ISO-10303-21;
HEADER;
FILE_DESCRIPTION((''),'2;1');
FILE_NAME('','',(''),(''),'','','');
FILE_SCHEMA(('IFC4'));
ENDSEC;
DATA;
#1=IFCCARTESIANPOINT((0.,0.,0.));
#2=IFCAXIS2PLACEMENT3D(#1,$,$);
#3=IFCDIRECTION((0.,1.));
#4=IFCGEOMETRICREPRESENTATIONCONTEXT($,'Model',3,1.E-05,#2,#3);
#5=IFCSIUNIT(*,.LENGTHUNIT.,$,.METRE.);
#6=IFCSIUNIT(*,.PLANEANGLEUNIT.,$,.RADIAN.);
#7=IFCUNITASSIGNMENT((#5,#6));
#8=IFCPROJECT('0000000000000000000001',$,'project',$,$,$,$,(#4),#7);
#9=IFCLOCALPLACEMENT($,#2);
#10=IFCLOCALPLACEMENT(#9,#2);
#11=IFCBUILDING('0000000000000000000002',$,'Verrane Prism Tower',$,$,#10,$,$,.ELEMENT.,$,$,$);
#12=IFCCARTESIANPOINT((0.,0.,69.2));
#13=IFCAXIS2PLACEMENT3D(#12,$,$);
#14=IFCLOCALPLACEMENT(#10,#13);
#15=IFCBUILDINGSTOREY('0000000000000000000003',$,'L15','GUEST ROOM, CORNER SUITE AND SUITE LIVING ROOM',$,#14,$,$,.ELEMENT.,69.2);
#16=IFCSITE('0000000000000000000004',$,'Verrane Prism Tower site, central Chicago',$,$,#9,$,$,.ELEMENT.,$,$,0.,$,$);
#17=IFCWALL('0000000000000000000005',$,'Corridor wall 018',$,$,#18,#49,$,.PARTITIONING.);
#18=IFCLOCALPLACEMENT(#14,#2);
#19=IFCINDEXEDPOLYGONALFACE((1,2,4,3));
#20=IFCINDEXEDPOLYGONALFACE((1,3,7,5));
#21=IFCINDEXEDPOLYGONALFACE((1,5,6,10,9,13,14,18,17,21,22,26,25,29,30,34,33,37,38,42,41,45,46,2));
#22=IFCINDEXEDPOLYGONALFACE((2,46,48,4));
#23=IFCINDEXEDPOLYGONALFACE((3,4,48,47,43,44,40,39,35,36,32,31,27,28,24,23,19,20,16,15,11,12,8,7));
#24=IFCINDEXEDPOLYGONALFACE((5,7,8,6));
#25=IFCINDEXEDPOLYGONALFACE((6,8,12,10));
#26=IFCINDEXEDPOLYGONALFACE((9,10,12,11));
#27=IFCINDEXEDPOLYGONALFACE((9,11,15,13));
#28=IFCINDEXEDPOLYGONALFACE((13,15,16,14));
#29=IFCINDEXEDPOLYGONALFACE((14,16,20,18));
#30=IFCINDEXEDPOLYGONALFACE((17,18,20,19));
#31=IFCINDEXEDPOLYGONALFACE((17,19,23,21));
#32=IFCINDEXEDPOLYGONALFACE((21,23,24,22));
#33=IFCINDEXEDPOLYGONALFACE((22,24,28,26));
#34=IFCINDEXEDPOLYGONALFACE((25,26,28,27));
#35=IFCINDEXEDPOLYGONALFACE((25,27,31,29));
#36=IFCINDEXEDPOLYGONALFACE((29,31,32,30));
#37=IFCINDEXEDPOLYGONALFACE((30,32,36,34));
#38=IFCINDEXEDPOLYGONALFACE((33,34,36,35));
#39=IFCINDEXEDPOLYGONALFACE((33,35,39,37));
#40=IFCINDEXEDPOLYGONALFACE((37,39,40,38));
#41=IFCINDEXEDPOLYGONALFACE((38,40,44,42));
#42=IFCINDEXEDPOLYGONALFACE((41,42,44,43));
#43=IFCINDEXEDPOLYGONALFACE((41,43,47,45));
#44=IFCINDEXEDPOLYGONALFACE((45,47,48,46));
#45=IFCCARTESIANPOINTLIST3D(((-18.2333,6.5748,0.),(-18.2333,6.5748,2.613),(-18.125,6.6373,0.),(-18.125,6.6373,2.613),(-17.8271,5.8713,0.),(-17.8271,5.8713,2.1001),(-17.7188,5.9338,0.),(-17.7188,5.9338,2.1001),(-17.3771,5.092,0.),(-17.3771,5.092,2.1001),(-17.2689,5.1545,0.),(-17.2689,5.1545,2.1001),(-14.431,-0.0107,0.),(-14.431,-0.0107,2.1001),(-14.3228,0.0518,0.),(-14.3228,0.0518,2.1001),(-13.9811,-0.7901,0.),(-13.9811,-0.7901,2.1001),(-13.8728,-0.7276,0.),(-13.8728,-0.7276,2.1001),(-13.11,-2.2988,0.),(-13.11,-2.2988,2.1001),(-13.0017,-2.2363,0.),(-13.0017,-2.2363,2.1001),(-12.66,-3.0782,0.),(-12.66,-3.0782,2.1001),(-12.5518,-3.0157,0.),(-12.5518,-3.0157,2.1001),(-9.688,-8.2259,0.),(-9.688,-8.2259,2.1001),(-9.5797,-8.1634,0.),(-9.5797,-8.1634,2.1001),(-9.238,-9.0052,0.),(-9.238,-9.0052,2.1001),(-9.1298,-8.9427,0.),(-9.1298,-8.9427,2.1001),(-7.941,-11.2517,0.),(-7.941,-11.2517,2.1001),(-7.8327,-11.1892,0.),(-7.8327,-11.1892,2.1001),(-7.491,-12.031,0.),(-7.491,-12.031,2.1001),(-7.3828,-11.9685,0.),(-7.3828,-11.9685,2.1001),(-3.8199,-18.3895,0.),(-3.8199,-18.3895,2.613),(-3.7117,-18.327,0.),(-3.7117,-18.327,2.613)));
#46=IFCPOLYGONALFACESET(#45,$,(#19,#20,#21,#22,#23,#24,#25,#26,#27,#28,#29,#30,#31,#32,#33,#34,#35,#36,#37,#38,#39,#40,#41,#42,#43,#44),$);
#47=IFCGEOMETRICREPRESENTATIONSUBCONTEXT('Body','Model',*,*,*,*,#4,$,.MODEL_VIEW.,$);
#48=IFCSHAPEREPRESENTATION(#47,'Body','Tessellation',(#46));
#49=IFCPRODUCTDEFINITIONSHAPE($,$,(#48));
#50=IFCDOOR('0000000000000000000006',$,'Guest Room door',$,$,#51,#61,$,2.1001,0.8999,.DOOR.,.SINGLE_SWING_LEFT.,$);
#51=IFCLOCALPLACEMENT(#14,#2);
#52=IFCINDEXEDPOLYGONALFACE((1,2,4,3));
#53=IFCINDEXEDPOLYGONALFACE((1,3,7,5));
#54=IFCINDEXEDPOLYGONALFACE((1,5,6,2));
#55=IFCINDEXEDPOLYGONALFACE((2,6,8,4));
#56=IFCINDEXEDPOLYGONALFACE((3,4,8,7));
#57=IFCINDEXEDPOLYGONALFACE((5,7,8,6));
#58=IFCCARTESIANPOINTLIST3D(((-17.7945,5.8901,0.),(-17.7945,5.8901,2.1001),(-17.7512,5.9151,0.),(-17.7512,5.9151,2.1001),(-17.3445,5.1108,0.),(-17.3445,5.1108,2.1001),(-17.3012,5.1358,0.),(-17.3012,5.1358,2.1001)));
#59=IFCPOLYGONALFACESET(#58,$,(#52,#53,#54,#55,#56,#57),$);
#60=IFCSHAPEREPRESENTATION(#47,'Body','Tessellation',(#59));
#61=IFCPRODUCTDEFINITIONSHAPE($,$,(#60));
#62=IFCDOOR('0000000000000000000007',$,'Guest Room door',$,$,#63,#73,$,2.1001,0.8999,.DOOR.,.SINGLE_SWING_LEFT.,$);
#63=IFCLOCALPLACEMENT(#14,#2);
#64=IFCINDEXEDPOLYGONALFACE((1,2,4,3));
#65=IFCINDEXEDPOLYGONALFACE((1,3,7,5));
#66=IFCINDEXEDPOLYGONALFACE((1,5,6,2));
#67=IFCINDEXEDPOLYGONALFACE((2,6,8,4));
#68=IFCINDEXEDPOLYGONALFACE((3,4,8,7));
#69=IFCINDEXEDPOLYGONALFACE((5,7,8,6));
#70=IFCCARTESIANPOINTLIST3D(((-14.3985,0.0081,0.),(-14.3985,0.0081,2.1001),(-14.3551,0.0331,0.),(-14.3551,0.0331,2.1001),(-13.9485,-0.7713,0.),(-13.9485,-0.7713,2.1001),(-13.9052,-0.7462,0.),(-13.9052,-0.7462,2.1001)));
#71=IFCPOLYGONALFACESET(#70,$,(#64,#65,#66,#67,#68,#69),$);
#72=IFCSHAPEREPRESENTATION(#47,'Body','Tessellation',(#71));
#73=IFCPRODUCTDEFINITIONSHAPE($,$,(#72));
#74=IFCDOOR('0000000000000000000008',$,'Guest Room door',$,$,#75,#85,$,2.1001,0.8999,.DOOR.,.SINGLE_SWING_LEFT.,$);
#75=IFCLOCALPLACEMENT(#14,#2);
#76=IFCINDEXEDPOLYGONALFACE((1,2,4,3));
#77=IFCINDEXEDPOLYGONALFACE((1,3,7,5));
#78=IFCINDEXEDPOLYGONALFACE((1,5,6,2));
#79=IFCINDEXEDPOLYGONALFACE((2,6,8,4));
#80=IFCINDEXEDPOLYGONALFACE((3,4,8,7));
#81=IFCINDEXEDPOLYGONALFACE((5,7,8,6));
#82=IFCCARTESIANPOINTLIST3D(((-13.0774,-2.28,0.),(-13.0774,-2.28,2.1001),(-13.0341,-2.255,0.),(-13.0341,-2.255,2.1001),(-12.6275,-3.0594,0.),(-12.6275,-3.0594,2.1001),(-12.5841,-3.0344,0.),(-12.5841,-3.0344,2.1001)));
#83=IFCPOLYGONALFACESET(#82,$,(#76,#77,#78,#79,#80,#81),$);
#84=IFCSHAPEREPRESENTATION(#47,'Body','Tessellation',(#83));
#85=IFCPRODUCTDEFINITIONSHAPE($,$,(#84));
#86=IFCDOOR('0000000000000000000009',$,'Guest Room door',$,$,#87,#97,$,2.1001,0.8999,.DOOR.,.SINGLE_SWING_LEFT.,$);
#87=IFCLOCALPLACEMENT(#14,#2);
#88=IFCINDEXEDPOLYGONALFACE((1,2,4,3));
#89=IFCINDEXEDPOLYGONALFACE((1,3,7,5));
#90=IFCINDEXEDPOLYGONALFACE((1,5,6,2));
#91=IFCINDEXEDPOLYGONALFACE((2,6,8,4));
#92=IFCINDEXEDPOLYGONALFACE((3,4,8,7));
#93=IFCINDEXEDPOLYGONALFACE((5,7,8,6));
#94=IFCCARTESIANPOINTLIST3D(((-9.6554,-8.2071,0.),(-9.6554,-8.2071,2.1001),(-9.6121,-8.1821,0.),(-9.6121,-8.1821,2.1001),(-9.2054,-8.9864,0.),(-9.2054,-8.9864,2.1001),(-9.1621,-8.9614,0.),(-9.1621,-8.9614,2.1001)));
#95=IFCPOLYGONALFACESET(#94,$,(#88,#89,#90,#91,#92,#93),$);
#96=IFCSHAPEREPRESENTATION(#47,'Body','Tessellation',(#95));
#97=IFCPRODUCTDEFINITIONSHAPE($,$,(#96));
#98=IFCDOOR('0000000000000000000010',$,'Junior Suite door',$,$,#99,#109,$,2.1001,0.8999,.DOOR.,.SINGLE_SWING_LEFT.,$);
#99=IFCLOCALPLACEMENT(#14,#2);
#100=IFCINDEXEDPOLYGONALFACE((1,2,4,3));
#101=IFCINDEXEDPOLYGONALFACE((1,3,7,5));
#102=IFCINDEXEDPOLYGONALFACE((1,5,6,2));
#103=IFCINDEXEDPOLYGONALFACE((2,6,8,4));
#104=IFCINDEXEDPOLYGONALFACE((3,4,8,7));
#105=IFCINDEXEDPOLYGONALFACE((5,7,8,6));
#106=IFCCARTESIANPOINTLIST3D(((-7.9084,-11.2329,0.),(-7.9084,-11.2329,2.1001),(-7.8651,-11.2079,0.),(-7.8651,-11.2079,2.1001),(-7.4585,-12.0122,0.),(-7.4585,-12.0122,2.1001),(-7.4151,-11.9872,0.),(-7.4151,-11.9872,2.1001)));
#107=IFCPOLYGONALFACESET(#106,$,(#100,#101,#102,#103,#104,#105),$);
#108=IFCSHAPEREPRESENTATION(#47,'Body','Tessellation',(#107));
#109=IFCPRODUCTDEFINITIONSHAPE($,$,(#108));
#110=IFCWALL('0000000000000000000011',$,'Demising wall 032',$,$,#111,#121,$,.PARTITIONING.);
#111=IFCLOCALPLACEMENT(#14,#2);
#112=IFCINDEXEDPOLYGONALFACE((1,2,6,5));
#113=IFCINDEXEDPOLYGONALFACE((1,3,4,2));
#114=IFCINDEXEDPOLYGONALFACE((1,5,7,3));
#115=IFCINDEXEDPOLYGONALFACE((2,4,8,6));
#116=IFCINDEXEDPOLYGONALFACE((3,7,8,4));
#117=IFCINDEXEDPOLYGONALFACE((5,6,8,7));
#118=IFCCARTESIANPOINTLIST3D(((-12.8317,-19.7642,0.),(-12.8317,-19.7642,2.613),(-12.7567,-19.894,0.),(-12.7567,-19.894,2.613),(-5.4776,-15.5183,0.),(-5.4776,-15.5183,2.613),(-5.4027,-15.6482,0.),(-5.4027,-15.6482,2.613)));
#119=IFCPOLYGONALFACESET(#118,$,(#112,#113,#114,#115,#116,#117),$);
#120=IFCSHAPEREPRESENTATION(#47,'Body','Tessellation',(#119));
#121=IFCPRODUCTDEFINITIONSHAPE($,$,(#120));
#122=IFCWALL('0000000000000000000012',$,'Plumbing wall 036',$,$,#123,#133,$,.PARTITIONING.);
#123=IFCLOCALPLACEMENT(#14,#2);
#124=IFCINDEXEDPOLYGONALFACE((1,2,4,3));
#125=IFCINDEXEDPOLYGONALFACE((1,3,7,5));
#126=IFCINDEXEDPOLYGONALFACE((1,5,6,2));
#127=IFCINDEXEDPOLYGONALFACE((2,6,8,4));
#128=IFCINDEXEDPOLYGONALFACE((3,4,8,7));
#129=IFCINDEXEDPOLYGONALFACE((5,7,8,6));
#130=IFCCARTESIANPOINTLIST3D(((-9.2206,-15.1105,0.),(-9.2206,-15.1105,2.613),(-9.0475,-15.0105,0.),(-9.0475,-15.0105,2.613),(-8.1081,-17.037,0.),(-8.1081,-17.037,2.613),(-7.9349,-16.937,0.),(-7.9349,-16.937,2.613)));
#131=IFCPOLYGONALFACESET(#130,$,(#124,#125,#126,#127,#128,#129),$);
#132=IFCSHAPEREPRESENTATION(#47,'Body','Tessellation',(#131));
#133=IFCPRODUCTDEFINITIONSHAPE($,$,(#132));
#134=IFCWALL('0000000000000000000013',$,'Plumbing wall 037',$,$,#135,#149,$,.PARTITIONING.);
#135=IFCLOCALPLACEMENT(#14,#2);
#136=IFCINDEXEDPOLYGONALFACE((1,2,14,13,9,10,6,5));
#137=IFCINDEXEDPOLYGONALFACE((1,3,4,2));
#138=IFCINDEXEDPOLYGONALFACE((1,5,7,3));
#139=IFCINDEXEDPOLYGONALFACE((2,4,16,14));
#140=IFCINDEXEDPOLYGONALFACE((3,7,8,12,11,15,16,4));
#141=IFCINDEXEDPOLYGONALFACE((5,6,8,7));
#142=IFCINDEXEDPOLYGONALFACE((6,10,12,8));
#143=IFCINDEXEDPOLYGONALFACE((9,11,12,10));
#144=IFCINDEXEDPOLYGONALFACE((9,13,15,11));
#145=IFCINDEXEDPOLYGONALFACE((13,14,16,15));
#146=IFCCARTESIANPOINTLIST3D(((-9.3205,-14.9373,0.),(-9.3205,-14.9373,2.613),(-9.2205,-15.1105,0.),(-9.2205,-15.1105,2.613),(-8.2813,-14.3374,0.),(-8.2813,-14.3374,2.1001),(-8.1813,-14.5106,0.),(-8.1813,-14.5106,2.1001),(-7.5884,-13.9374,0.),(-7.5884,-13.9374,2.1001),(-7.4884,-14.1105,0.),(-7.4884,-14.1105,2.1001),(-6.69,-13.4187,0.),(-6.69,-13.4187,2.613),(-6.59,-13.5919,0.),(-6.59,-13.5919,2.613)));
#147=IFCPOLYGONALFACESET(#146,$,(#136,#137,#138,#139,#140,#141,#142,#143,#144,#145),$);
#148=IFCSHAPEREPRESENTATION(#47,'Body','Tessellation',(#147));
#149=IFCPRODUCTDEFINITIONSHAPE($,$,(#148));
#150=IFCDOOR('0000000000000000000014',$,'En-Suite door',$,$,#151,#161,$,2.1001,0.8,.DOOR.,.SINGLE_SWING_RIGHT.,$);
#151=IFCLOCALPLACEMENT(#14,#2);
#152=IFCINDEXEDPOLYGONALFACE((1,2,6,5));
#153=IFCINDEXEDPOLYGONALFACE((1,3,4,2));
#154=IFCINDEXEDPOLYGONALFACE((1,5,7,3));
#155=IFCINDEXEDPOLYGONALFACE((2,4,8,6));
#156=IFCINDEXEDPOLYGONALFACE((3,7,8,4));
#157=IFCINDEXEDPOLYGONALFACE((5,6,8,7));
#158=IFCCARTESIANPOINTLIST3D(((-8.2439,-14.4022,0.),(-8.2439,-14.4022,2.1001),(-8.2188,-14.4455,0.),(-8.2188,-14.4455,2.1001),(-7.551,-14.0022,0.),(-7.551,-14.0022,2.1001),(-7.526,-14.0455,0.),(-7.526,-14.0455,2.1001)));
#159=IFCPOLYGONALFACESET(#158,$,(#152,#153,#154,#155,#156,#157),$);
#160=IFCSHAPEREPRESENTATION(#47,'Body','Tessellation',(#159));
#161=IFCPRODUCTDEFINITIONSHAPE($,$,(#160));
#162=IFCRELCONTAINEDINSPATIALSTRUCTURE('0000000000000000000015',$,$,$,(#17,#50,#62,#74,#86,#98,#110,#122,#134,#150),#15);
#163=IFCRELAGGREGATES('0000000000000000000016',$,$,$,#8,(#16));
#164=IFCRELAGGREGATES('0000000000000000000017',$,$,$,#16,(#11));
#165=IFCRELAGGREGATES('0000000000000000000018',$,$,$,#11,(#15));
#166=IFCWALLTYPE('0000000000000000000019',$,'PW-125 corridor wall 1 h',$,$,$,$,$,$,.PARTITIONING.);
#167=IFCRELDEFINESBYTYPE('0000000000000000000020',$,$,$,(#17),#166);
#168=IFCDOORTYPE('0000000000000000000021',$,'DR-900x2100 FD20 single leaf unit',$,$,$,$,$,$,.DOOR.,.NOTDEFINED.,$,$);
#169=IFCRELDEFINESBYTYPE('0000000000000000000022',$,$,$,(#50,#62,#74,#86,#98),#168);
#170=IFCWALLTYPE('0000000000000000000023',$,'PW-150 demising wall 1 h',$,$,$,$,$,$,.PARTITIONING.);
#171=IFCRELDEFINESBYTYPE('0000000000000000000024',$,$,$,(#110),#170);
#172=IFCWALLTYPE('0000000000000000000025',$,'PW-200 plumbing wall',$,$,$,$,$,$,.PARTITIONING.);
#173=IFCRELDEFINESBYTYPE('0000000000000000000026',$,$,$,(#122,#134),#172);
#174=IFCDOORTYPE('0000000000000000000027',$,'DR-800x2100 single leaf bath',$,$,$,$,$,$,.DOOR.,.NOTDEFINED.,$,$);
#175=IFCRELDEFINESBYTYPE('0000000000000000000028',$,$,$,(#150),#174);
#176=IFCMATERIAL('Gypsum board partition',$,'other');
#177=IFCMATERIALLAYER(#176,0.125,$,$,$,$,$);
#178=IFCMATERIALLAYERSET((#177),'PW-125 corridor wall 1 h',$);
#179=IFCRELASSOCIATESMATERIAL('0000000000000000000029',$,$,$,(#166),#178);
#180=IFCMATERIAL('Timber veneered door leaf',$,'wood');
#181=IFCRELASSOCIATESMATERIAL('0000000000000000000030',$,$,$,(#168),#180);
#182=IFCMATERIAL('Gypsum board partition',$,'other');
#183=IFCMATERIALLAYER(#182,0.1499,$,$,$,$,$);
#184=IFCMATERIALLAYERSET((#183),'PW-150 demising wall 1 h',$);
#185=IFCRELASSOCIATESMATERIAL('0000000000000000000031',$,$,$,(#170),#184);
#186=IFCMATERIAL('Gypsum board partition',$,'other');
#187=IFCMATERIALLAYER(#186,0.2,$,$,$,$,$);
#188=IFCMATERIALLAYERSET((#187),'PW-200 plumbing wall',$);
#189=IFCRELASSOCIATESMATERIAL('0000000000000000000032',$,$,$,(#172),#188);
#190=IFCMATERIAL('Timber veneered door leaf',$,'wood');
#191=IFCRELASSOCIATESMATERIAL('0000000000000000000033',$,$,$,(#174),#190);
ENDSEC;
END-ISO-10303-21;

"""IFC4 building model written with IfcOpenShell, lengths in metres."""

from ifc_helpers import new_model, si_unit, direction, frame, frame_2d, origin, place, context, subcontext, project, spatial, rectangle, extrude, material, layer, layer_set, type_object, element, fill, save


model = new_model("IFC4")

# Units and contexts
model_context = context("Model", 3, precision=1e-05, world=origin(), true_north=direction((0.0, 1.0)))
body_context = subcontext(model_context, "Body", "Model", "MODEL_VIEW")
ifc_project = project(units=[si_unit("LENGTHUNIT", "METRE"), si_unit("PLANEANGLEUNIT", "RADIAN")], contexts=[model_context])

# Site, building, storey
site_placement = place(None, origin())
site = spatial("IfcSite", under=ifc_project, at=site_placement, Name="Verrane Prism Tower site, central Chicago", CompositionType="ELEMENT", RefElevation=0.0)
building_placement = place(site_placement, origin())
building = spatial("IfcBuilding", under=site, at=building_placement, Name="Verrane Prism Tower", CompositionType="ELEMENT")
storey_placement = place(building_placement, frame((0.0, 0.0, 69.2)))
storey = spatial("IfcBuildingStorey", under=building, at=storey_placement, Name="L15", Description="GUEST ROOM, CORNER SUITE AND SUITE LIVING ROOM", CompositionType="ELEMENT", Elevation=69.2)

# Wall, openings, doors
ifc_material_1 = material(Name="Gypsum board partition", Category="other")
ifc_layer_1 = layer(ifc_material_1, 0.125)
ifc_layer_set_1 = layer_set([ifc_layer_1], Name="PW-125 corridor wall 1 h")
wall_type_1 = type_object("IfcWallType", Name="PW-125 corridor wall 1 h", PredefinedType="PARTITIONING", material=ifc_layer_set_1)
wall_1_placement = place(storey_placement, frame((-3.7659, -18.3582, 0.0), z_axis=(0.0, 0.0, 1.0), x_axis=(-0.500004, 0.866023, 0.0)))
wall_1 = element("IfcWall", 1, at=wall_1_placement, inside=storey, type_object=wall_type_1, Name="Corridor wall 018", PredefinedType="PARTITIONING", context=body_context, shape_type="SweptSolid", body=[
    extrude(rectangle(XDim=28.8264, YDim=0.125, at=frame_2d((14.4131, 0.0))), origin(), (0.0, 0.0, 1.0), 2.613),
])
opening_1_placement = place(wall_1_placement, frame((27.114, 0.0, 0.0)))
opening_1 = element("IfcOpeningElement", 2, at=opening_1_placement, cuts=wall_1, PredefinedType="OPENING", context=body_context, shape_type="SweptSolid", body=[
    extrude(rectangle(XDim=0.8999, YDim=2.1001, at=frame_2d((0.45, 1.05))), frame((0.0, 0.0725, 0.0), z_axis=(0.0, -1.0, 0.0), x_axis=(1.0, 0.0, 0.0)), (0.0, 0.0, 1.0), 0.145),
])
opening_2_placement = place(wall_1_placement, frame((20.322, 0.0, 0.0)))
opening_2 = element("IfcOpeningElement", 3, at=opening_2_placement, cuts=wall_1, PredefinedType="OPENING", context=body_context, shape_type="SweptSolid", body=[
    extrude(rectangle(XDim=0.8999, YDim=2.1001, at=frame_2d((0.45, 1.05))), frame((0.0, 0.0725, 0.0), z_axis=(0.0, -1.0, 0.0), x_axis=(1.0, 0.0, 0.0)), (0.0, 0.0, 1.0), 0.145),
])
opening_3_placement = place(wall_1_placement, frame((17.6799, 0.0, 0.0)))
opening_3 = element("IfcOpeningElement", 4, at=opening_3_placement, cuts=wall_1, PredefinedType="OPENING", context=body_context, shape_type="SweptSolid", body=[
    extrude(rectangle(XDim=0.8999, YDim=2.1001, at=frame_2d((0.45, 1.05))), frame((0.0, 0.0725, 0.0), z_axis=(0.0, -1.0, 0.0), x_axis=(1.0, 0.0, 0.0)), (0.0, 0.0, 1.0), 0.145),
])
opening_4_placement = place(wall_1_placement, frame((10.8359, 0.0, 0.0)))
opening_4 = element("IfcOpeningElement", 5, at=opening_4_placement, cuts=wall_1, PredefinedType="OPENING", context=body_context, shape_type="SweptSolid", body=[
    extrude(rectangle(XDim=0.8999, YDim=2.1001, at=frame_2d((0.45, 1.05))), frame((0.0, 0.0725, 0.0), z_axis=(0.0, -1.0, 0.0), x_axis=(1.0, 0.0, 0.0)), (0.0, 0.0, 1.0), 0.145),
])
opening_5_placement = place(wall_1_placement, frame((7.342, 0.0, 0.0)))
opening_5 = element("IfcOpeningElement", 6, at=opening_5_placement, cuts=wall_1, PredefinedType="OPENING", context=body_context, shape_type="SweptSolid", body=[
    extrude(rectangle(XDim=0.8999, YDim=2.1001, at=frame_2d((0.45, 1.05))), frame((0.0, 0.0725, 0.0), z_axis=(0.0, -1.0, 0.0), x_axis=(1.0, 0.0, 0.0)), (0.0, 0.0, 1.0), 0.145),
])
ifc_material_2 = material(Name="Timber veneered door leaf", Category="wood")
door_type_1 = type_object("IfcDoorType", Name="DR-900x2100 FD20 single leaf unit", OperationType="NOTDEFINED", PredefinedType="DOOR", material=ifc_material_2)
door_1_placement = place(opening_1_placement, origin())
door_1 = element("IfcDoor", 7, at=door_1_placement, inside=storey, type_object=door_type_1, Name="Guest Room door", OperationType="SINGLE_SWING_LEFT", OverallHeight=2.1001, OverallWidth=0.8999, PredefinedType="DOOR", context=body_context, shape_type="SweptSolid", body=[
    extrude(rectangle(XDim=0.8999, YDim=2.1001, at=frame_2d((0.45, 1.05))), frame((0.0, 0.0249, 0.0), z_axis=(0.0, -1.0, 0.0), x_axis=(1.0, 0.0, 0.0)), (0.0, 0.0, 1.0), 0.05),
])
fill(opening_1, door_1)
door_2_placement = place(opening_2_placement, origin())
door_2 = element("IfcDoor", 8, at=door_2_placement, inside=storey, type_object=door_type_1, Name="Guest Room door", OperationType="SINGLE_SWING_LEFT", OverallHeight=2.1001, OverallWidth=0.8999, PredefinedType="DOOR", context=body_context, shape_type="SweptSolid", body=[
    extrude(rectangle(XDim=0.8999, YDim=2.1001, at=frame_2d((0.45, 1.05))), frame((0.0, 0.0249, 0.0), z_axis=(0.0, -1.0, 0.0), x_axis=(1.0, 0.0, 0.0)), (0.0, 0.0, 1.0), 0.05),
])
fill(opening_2, door_2)
door_3_placement = place(opening_3_placement, origin())
door_3 = element("IfcDoor", 9, at=door_3_placement, inside=storey, type_object=door_type_1, Name="Guest Room door", OperationType="SINGLE_SWING_LEFT", OverallHeight=2.1001, OverallWidth=0.8999, PredefinedType="DOOR", context=body_context, shape_type="SweptSolid", body=[
    extrude(rectangle(XDim=0.8999, YDim=2.1001, at=frame_2d((0.45, 1.05))), frame((0.0, 0.0249, 0.0), z_axis=(0.0, -1.0, 0.0), x_axis=(1.0, 0.0, 0.0)), (0.0, 0.0, 1.0), 0.05),
])
fill(opening_3, door_3)
door_4_placement = place(opening_4_placement, origin())
door_4 = element("IfcDoor", 10, at=door_4_placement, inside=storey, type_object=door_type_1, Name="Guest Room door", OperationType="SINGLE_SWING_LEFT", OverallHeight=2.1001, OverallWidth=0.8999, PredefinedType="DOOR", context=body_context, shape_type="SweptSolid", body=[
    extrude(rectangle(XDim=0.8999, YDim=2.1001, at=frame_2d((0.45, 1.05))), frame((0.0, 0.0249, 0.0), z_axis=(0.0, -1.0, 0.0), x_axis=(1.0, 0.0, 0.0)), (0.0, 0.0, 1.0), 0.05),
])
fill(opening_4, door_4)
door_5_placement = place(opening_5_placement, origin())
door_5 = element("IfcDoor", 11, at=door_5_placement, inside=storey, type_object=door_type_1, Name="Junior Suite door", OperationType="SINGLE_SWING_LEFT", OverallHeight=2.1001, OverallWidth=0.8999, PredefinedType="DOOR", context=body_context, shape_type="SweptSolid", body=[
    extrude(rectangle(XDim=0.8999, YDim=2.1001, at=frame_2d((0.45, 1.05))), frame((0.0, 0.0249, 0.0), z_axis=(0.0, -1.0, 0.0), x_axis=(1.0, 0.0, 0.0)), (0.0, 0.0, 1.0), 0.05),
])
fill(opening_5, door_5)

# Walls
ifc_material_3 = material(Name="Gypsum board partition", Category="other")
ifc_layer_2 = layer(ifc_material_3, 0.1499)
ifc_layer_set_2 = layer_set([ifc_layer_2], Name="PW-150 demising wall 1 h")
wall_type_2 = type_object("IfcWallType", Name="PW-150 demising wall 1 h", PredefinedType="PARTITIONING", material=ifc_layer_set_2)
wall_2_placement = place(storey_placement, frame((-12.7942, -19.8291, 0.0), z_axis=(0.0, 0.0, 1.0), x_axis=(0.866025, 0.500001, 0.0)))
element("IfcWall", 12, at=wall_2_placement, inside=storey, type_object=wall_type_2, Name="Demising wall 032", PredefinedType="PARTITIONING", context=body_context, shape_type="SweptSolid", body=[
    extrude(rectangle(XDim=8.4917, YDim=0.1499, at=frame_2d((4.2458, 0.0))), origin(), (0.0, 0.0, 1.0), 2.613),
])
ifc_material_4 = material(Name="Gypsum board partition", Category="other")
ifc_layer_3 = layer(ifc_material_4, 0.2)
ifc_layer_set_3 = layer_set([ifc_layer_3], Name="PW-200 plumbing wall")
wall_type_3 = type_object("IfcWallType", Name="PW-200 plumbing wall", PredefinedType="PARTITIONING", material=ifc_layer_set_3)
wall_3_placement = place(storey_placement, frame((-9.134, -15.0605, 0.0), z_axis=(0.0, 0.0, 1.0), x_axis=(0.500093, -0.865972, 0.0)))
element("IfcWall", 13, at=wall_3_placement, inside=storey, type_object=wall_type_3, Name="Plumbing wall 036", PredefinedType="PARTITIONING", context=body_context, shape_type="SweptSolid", body=[
    extrude(rectangle(XDim=2.2246, YDim=0.2, at=frame_2d((1.1123, 0.0))), origin(), (0.0, 0.0, 1.0), 2.613),
])

# Wall, opening, door
wall_4_placement = place(storey_placement, frame((-6.6401, -13.5054, 0.0), z_axis=(0.0, 0.0, 1.0), x_axis=(-0.866038, -0.499978, 0.0)))
wall_4 = element("IfcWall", 14, at=wall_4_placement, inside=storey, type_object=wall_type_3, Name="Plumbing wall 037", PredefinedType="PARTITIONING", context=body_context, shape_type="SweptSolid", body=[
    extrude(rectangle(XDim=3.0374, YDim=0.2, at=frame_2d((1.5186, 0.0))), origin(), (0.0, 0.0, 1.0), 2.613),
])
opening_6_placement = place(wall_4_placement, frame((1.0374, 0.0, 0.0)))
opening_6 = element("IfcOpeningElement", 15, at=opening_6_placement, cuts=wall_4, PredefinedType="OPENING", context=body_context, shape_type="SweptSolid", body=[
    extrude(rectangle(XDim=0.8, YDim=2.1001, at=frame_2d((0.3999, 1.05))), frame((0.0, 0.1099, 0.0), z_axis=(0.0, -1.0, 0.0), x_axis=(1.0, 0.0, 0.0)), (0.0, 0.0, 1.0), 0.22),
])
ifc_material_5 = material(Name="Timber veneered door leaf", Category="wood")
door_type_2 = type_object("IfcDoorType", Name="DR-800x2100 single leaf bath", OperationType="NOTDEFINED", PredefinedType="DOOR", material=ifc_material_5)
door_6_placement = place(opening_6_placement, origin())
door_6 = element("IfcDoor", 16, at=door_6_placement, inside=storey, type_object=door_type_2, Name="En-Suite door", OperationType="SINGLE_SWING_RIGHT", OverallHeight=2.1001, OverallWidth=0.8, PredefinedType="DOOR", context=body_context, shape_type="SweptSolid", body=[
    extrude(rectangle(XDim=0.8, YDim=2.1001, at=frame_2d((0.3999, 1.05))), frame((0.0, 0.0249, 0.0), z_axis=(0.0, -1.0, 0.0), x_axis=(1.0, 0.0, 0.0)), (0.0, 0.0, 1.0), 0.05),
])
fill(opening_6, door_6)

save(model, "model.ifc")
